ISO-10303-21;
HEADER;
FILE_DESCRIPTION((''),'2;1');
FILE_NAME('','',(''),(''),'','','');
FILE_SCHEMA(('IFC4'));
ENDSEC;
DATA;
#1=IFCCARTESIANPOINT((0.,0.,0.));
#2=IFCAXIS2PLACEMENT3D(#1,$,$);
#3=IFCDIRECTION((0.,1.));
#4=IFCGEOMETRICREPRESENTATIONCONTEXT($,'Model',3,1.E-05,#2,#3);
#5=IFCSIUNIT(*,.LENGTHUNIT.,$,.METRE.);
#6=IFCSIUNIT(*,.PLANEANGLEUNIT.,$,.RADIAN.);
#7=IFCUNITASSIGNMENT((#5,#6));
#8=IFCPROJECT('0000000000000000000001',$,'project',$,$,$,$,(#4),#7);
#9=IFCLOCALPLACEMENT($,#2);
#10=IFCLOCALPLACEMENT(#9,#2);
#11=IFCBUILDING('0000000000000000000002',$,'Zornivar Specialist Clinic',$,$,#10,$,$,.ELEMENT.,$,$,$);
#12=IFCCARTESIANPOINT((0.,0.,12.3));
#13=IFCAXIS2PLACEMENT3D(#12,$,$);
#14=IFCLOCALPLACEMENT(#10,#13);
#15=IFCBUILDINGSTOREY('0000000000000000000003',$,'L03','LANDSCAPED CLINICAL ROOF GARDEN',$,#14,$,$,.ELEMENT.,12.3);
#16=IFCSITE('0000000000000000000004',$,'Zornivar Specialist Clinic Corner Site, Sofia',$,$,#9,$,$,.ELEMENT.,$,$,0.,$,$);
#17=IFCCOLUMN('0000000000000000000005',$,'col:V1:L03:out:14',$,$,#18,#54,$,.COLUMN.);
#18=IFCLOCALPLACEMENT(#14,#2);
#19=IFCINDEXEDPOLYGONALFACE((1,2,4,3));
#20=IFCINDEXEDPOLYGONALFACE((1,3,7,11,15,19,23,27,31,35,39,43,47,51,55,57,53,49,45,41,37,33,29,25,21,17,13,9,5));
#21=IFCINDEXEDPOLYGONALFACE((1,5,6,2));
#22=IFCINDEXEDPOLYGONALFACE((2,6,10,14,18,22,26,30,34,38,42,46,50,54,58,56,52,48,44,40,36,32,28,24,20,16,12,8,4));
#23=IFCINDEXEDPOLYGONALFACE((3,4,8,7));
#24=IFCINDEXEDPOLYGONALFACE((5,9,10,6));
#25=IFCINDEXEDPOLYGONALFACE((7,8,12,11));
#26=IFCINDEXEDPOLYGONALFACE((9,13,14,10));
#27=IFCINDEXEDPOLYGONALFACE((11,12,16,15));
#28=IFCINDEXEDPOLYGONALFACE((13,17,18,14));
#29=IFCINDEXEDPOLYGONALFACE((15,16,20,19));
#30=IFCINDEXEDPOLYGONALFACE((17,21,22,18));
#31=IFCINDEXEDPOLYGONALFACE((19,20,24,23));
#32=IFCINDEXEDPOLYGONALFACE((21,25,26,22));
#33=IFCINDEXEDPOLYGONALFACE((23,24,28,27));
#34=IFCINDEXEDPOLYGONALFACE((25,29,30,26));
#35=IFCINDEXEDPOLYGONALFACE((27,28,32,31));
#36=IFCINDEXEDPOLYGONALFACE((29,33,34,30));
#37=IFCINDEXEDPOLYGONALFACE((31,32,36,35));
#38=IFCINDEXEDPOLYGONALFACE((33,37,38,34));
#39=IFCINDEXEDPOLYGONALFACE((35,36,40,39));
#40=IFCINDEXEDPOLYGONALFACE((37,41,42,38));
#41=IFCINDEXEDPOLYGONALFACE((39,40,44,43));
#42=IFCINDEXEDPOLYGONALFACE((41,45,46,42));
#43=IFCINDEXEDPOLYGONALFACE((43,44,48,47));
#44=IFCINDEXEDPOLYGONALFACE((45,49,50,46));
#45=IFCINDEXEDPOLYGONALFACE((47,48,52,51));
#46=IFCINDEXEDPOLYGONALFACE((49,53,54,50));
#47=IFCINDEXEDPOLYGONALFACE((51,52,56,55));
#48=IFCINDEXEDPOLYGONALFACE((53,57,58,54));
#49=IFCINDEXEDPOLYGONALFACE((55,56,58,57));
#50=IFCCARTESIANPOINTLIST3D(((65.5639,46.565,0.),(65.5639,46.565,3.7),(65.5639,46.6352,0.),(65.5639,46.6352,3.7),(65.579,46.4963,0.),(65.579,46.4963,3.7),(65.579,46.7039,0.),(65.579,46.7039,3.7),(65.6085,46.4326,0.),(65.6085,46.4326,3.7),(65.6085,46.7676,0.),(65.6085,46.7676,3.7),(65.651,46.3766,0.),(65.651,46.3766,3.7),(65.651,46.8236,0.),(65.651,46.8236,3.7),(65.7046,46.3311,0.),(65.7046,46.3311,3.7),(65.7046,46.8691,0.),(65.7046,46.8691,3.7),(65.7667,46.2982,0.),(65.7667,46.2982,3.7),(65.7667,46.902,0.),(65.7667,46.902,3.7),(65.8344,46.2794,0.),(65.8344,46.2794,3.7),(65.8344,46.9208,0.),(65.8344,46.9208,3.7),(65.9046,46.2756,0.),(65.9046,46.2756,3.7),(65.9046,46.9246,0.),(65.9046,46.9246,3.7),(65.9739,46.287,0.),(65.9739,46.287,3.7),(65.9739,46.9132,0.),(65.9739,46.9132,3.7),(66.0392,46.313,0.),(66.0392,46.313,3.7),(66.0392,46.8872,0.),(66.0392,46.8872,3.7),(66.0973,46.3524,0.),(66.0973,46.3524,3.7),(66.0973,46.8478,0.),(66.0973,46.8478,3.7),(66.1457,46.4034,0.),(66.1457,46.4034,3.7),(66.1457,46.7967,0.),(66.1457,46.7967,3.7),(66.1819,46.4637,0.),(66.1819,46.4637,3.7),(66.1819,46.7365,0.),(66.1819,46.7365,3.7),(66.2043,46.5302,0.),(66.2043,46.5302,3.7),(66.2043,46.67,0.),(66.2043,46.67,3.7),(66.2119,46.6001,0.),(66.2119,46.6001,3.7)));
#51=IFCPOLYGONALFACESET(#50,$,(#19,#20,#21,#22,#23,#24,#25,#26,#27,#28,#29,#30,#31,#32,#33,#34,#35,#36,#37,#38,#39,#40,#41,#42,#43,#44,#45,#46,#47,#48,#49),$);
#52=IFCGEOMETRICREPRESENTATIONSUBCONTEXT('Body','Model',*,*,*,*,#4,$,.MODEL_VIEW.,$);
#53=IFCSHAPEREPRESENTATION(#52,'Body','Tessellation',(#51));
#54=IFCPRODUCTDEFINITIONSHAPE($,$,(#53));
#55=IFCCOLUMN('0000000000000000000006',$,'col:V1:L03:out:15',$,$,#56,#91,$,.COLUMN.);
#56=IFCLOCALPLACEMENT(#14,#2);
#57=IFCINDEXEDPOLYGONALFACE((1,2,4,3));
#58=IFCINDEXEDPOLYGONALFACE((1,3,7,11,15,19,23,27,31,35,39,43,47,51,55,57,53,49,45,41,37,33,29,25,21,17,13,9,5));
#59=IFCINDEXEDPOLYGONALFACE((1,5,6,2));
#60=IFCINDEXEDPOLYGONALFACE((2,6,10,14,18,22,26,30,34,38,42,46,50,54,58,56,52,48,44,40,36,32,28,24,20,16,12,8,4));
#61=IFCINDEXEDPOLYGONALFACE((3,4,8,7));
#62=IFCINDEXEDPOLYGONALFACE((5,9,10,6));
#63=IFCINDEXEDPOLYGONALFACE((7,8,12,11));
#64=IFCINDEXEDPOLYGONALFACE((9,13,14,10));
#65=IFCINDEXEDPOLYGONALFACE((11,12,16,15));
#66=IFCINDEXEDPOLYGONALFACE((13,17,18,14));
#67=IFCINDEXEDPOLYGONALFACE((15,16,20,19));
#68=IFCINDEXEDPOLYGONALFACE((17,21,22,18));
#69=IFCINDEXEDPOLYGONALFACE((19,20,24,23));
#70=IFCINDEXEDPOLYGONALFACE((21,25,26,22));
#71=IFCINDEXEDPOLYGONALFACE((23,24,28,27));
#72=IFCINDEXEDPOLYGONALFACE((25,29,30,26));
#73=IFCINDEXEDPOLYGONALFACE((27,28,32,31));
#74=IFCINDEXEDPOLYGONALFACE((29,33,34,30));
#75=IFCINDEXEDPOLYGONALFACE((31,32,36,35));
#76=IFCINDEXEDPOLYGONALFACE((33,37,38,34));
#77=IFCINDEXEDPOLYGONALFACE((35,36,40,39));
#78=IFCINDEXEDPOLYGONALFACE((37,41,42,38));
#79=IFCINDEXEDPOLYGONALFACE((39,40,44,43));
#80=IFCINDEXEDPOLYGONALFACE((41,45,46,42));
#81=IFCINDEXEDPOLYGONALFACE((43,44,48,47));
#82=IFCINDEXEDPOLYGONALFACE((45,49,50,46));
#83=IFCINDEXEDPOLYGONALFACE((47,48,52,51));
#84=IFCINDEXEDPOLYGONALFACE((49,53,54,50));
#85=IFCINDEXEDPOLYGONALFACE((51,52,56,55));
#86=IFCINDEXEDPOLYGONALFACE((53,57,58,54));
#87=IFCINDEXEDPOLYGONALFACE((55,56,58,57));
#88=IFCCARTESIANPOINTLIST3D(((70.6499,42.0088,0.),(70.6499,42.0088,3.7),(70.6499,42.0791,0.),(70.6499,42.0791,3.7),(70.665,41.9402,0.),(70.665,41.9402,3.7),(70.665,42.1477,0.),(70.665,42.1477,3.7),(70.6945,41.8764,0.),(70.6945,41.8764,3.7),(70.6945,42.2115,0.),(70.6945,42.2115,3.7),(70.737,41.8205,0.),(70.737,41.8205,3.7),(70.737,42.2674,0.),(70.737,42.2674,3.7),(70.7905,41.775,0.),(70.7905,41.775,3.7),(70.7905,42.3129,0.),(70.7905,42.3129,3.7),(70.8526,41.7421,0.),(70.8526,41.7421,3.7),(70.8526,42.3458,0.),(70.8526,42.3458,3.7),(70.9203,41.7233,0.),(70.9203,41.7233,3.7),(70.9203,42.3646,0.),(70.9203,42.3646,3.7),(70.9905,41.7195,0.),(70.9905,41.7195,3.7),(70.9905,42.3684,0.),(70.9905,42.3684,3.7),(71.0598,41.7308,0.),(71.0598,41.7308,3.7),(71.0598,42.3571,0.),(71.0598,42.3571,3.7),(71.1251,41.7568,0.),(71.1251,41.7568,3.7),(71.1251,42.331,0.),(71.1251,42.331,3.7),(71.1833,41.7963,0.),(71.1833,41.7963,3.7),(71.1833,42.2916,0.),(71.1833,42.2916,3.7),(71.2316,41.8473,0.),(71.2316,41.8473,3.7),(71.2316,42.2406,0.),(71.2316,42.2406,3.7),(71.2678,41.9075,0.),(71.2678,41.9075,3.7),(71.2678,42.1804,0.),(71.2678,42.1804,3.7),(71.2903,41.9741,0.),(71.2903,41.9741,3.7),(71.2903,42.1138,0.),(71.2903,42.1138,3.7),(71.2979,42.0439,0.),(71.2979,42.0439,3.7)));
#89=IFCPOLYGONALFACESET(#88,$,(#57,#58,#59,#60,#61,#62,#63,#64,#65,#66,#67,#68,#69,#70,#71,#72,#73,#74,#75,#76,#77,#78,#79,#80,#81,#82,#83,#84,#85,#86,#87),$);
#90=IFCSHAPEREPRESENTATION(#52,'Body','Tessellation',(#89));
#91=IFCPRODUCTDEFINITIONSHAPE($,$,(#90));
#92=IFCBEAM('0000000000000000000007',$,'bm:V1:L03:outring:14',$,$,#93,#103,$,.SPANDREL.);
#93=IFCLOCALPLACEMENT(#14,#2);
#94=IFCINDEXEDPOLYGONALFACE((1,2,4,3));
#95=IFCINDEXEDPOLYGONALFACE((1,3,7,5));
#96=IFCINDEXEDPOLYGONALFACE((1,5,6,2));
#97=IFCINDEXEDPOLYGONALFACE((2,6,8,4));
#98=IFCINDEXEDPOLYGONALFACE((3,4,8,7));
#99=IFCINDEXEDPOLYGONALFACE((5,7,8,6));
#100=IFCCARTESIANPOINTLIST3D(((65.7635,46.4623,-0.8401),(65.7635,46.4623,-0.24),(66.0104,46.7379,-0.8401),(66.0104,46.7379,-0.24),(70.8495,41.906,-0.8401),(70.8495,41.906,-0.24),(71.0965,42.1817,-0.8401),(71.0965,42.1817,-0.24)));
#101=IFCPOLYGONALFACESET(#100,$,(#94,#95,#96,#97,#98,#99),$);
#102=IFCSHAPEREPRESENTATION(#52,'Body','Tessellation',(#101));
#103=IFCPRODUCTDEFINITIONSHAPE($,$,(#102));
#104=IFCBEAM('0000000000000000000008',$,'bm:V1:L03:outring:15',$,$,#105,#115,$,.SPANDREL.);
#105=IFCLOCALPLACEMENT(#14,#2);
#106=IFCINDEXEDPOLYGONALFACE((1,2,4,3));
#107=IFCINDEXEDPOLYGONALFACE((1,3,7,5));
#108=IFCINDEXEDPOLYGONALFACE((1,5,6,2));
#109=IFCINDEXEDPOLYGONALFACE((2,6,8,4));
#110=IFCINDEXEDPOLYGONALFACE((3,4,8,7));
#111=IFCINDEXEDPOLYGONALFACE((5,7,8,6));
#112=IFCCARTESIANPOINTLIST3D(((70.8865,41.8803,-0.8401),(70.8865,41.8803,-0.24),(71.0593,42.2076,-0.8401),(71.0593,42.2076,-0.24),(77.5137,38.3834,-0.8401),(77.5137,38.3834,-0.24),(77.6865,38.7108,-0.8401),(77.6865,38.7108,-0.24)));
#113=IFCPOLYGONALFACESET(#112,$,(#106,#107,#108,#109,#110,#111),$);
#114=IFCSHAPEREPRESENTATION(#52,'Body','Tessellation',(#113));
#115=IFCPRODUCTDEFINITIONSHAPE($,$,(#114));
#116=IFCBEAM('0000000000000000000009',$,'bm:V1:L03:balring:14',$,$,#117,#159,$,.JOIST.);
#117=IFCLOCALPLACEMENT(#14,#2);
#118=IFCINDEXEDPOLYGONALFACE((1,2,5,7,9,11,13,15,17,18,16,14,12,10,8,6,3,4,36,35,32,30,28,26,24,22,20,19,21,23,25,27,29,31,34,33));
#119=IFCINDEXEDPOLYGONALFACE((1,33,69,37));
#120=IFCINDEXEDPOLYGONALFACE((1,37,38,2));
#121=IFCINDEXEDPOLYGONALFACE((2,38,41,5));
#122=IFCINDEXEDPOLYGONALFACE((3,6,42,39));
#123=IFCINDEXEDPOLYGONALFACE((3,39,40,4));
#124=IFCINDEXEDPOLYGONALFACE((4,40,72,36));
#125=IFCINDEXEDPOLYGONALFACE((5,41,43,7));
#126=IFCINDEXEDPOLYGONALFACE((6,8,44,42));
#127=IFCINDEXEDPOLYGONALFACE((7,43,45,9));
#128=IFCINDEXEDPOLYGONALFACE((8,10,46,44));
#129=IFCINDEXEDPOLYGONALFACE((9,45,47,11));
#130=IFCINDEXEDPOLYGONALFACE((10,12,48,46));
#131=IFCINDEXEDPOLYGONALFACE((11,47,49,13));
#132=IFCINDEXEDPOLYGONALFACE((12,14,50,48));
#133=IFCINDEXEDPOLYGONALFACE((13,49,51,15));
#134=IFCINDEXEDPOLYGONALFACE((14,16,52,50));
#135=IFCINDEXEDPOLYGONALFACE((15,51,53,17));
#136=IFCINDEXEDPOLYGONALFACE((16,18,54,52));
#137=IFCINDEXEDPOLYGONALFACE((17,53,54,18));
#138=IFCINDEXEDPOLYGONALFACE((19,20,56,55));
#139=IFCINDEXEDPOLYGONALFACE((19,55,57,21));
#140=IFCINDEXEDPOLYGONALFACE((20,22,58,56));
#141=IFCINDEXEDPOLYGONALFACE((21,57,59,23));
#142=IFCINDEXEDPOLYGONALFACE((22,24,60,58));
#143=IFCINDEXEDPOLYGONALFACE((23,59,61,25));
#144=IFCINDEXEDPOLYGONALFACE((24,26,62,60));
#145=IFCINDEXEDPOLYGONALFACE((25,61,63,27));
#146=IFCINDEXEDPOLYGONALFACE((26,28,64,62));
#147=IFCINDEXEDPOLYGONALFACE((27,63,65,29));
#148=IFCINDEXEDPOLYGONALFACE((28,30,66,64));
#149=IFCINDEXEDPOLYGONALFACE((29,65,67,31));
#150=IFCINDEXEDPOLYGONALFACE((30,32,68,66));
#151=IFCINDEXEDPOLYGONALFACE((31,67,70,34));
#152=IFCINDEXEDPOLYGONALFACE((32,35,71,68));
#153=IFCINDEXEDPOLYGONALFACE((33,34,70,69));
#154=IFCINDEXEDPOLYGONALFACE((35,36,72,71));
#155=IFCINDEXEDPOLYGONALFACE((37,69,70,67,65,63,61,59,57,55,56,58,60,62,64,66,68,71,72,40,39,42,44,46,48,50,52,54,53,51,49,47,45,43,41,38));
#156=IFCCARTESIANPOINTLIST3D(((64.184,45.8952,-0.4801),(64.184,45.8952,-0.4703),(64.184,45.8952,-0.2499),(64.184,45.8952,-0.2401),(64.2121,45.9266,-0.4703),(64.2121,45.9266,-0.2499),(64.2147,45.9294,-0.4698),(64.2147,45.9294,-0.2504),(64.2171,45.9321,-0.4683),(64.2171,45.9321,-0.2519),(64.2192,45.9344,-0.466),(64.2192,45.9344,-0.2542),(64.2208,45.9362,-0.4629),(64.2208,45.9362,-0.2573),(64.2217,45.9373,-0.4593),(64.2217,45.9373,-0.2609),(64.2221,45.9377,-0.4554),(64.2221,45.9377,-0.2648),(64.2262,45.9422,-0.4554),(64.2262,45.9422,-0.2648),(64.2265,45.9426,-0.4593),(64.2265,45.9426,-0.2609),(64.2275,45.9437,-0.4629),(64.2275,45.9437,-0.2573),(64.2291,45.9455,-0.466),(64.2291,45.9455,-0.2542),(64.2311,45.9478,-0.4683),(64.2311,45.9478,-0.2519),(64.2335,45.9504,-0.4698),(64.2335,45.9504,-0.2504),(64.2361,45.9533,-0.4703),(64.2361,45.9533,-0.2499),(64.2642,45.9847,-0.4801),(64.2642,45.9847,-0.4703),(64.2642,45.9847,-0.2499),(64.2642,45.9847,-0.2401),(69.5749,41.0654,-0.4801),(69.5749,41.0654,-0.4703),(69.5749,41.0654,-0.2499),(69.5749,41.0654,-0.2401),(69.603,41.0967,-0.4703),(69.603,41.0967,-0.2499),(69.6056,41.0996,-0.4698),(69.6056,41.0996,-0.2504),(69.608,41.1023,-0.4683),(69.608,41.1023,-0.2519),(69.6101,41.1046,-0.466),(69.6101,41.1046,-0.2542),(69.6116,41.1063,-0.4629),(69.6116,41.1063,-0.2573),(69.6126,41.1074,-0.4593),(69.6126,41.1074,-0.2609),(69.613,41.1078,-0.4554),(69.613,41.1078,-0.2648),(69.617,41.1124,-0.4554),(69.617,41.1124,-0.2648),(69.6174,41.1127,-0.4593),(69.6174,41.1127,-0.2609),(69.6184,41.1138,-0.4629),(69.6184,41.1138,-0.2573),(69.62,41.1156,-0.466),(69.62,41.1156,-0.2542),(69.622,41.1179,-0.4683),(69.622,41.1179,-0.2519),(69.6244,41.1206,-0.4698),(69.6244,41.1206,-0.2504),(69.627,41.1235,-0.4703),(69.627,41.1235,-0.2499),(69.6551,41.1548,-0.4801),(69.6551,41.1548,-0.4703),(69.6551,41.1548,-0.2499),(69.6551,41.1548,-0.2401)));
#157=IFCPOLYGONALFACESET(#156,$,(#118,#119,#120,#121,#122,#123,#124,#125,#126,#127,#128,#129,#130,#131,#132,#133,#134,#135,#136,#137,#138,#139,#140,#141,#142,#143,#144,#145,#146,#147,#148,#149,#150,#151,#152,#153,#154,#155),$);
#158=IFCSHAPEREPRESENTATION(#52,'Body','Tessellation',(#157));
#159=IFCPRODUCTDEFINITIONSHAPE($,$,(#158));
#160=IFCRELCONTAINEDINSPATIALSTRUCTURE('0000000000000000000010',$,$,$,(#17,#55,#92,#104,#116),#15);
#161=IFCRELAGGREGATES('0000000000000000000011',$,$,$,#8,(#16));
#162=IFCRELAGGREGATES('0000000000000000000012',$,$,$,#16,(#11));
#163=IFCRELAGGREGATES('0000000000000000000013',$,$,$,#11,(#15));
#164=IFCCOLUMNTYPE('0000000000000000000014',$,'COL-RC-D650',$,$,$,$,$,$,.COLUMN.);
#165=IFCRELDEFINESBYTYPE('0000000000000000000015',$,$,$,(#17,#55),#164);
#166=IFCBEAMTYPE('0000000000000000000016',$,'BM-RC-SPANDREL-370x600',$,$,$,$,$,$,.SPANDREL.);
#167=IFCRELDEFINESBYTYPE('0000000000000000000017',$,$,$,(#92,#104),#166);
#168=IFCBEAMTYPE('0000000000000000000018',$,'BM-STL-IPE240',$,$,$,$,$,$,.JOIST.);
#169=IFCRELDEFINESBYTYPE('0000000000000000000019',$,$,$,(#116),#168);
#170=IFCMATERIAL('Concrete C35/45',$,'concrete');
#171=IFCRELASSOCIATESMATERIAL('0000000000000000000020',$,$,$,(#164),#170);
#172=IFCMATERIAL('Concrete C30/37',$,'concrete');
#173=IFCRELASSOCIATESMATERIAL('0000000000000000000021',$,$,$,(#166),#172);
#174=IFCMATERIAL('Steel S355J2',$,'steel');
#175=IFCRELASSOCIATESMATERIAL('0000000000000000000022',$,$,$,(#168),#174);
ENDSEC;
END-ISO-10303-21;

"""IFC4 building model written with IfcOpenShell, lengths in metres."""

from ifc_helpers import new_model, si_unit, direction, frame, origin, origin_2d, place, context, subcontext, project, spatial, rectangle, circle, i_section, extrude, material, material_profile, profile_set, type_object, element, save


model = new_model("IFC4")

# Units and contexts
model_context = context("Model", 3, precision=1e-05, world=origin(), true_north=direction((0.0, 1.0)))
body_context = subcontext(model_context, "Body", "Model", "MODEL_VIEW")
ifc_project = project(units=[si_unit("LENGTHUNIT", "METRE"), si_unit("PLANEANGLEUNIT", "RADIAN")], contexts=[model_context])

# Site, building, storey
site_placement = place(None, origin())
site = spatial("IfcSite", under=ifc_project, at=site_placement, Name="Zornivar Specialist Clinic Corner Site, Sofia", CompositionType="ELEMENT", RefElevation=0.0)
building_placement = place(site_placement, origin())
building = spatial("IfcBuilding", under=site, at=building_placement, Name="Zornivar Specialist Clinic", CompositionType="ELEMENT")
storey_placement = place(building_placement, frame((0.0, 0.0, 12.3)))
storey = spatial("IfcBuildingStorey", under=building, at=storey_placement, Name="L03", Description="LANDSCAPED CLINICAL ROOF GARDEN", CompositionType="ELEMENT", Elevation=12.3)

# Columns
ifc_material_1 = material(Name="Concrete C35/45", Category="concrete")
ifc_material_profile_1 = material_profile(ifc_material_1, circle(Radius=0.325, at=origin_2d()), Name="RC D650")
ifc_profile_set_1 = profile_set([ifc_material_profile_1], Name="Concrete C35/45")
column_type = type_object("IfcColumnType", Name="COL-RC-D650", PredefinedType="COLUMN", material=ifc_profile_set_1)
for number, where, z_axis, x_axis, name in (
    (1, (65.887, 46.6001, 0.0), (0.0, 0.0, 1.0), (1.0, 0.0, 0.0), "col:V1:L03:out:14"),
    (2, (70.9729, 42.0439, 0.0), (0.0, 0.0, 1.0), (1.0, 0.0, 0.0), "col:V1:L03:out:15"),
):
    element("IfcColumn", number, at=place(storey_placement, frame(where, z_axis=z_axis, x_axis=x_axis)), inside=storey, type_object=column_type, Name=name, PredefinedType="COLUMN", context=body_context, shape_type="SweptSolid", body=[
        extrude(circle(Radius=0.325, at=origin_2d()), origin(), (0.0, 0.0, 1.0), 3.7),
    ])

# Beams
ifc_material_2 = material(Name="Concrete C30/37", Category="concrete")
ifc_material_profile_2 = material_profile(ifc_material_2, rectangle(XDim=0.3701, YDim=0.6001, at=origin_2d()), Name="RC 370x600")
ifc_profile_set_2 = profile_set([ifc_material_profile_2], Name="Concrete C30/37")
beam_type_1 = type_object("IfcBeamType", Name="BM-RC-SPANDREL-370x600", PredefinedType="SPANDREL", material=ifc_profile_set_2)
beam_1_placement = place(storey_placement, frame((65.887, 46.6001, -0.54), z_axis=(0.744835, -0.667248, 0.0), x_axis=(0.667248, 0.744835, 0.0)))
element("IfcBeam", 3, at=beam_1_placement, inside=storey, type_object=beam_type_1, Name="bm:V1:L03:outring:14", PredefinedType="SPANDREL", context=body_context, shape_type="SweptSolid", body=[
    extrude(rectangle(XDim=0.3701, YDim=0.6001, at=origin_2d()), origin(), (0.0, 0.0, 1.0), 6.8284),
])
beam_2_placement = place(storey_placement, frame((70.9729, 42.0439, -0.54), z_axis=(0.884432, -0.466669, 0.0), x_axis=(0.466669, 0.884432, 0.0)))
element("IfcBeam", 4, at=beam_2_placement, inside=storey, type_object=beam_type_1, Name="bm:V1:L03:outring:15", PredefinedType="SPANDREL", context=body_context, shape_type="SweptSolid", body=[
    extrude(rectangle(XDim=0.3701, YDim=0.6001, at=origin_2d()), origin(), (0.0, 0.0, 1.0), 7.4932),
])
ifc_material_3 = material(Name="Steel S355J2", Category="steel")
ifc_material_profile_3 = material_profile(ifc_material_3, i_section(OverallWidth=0.1201, OverallDepth=0.24, WebThickness=0.0061, FlangeThickness=0.0098, FilletRadius=0.0149, at=origin_2d()), Name="IPE 240")
ifc_profile_set_3 = profile_set([ifc_material_profile_3], Name="Steel S355J2")
beam_type_2 = type_object("IfcBeamType", Name="BM-STL-IPE240", PredefinedType="JOIST", material=ifc_profile_set_3)
beam_3_placement = place(storey_placement, frame((64.2241, 45.9399, -0.3601), z_axis=(0.7448, -0.667288, 0.0), x_axis=(0.667288, 0.7448, 0.0)))
element("IfcBeam", 5, at=beam_3_placement, inside=storey, type_object=beam_type_2, Name="bm:V1:L03:balring:14", PredefinedType="JOIST", context=body_context, shape_type="SweptSolid", body=[
    extrude(i_section(OverallWidth=0.1201, OverallDepth=0.24, WebThickness=0.0061, FlangeThickness=0.0098, FilletRadius=0.0149, at=origin_2d()), origin(), (0.0, 0.0, 1.0), 7.238),
])

save(model, "model.ifc")
